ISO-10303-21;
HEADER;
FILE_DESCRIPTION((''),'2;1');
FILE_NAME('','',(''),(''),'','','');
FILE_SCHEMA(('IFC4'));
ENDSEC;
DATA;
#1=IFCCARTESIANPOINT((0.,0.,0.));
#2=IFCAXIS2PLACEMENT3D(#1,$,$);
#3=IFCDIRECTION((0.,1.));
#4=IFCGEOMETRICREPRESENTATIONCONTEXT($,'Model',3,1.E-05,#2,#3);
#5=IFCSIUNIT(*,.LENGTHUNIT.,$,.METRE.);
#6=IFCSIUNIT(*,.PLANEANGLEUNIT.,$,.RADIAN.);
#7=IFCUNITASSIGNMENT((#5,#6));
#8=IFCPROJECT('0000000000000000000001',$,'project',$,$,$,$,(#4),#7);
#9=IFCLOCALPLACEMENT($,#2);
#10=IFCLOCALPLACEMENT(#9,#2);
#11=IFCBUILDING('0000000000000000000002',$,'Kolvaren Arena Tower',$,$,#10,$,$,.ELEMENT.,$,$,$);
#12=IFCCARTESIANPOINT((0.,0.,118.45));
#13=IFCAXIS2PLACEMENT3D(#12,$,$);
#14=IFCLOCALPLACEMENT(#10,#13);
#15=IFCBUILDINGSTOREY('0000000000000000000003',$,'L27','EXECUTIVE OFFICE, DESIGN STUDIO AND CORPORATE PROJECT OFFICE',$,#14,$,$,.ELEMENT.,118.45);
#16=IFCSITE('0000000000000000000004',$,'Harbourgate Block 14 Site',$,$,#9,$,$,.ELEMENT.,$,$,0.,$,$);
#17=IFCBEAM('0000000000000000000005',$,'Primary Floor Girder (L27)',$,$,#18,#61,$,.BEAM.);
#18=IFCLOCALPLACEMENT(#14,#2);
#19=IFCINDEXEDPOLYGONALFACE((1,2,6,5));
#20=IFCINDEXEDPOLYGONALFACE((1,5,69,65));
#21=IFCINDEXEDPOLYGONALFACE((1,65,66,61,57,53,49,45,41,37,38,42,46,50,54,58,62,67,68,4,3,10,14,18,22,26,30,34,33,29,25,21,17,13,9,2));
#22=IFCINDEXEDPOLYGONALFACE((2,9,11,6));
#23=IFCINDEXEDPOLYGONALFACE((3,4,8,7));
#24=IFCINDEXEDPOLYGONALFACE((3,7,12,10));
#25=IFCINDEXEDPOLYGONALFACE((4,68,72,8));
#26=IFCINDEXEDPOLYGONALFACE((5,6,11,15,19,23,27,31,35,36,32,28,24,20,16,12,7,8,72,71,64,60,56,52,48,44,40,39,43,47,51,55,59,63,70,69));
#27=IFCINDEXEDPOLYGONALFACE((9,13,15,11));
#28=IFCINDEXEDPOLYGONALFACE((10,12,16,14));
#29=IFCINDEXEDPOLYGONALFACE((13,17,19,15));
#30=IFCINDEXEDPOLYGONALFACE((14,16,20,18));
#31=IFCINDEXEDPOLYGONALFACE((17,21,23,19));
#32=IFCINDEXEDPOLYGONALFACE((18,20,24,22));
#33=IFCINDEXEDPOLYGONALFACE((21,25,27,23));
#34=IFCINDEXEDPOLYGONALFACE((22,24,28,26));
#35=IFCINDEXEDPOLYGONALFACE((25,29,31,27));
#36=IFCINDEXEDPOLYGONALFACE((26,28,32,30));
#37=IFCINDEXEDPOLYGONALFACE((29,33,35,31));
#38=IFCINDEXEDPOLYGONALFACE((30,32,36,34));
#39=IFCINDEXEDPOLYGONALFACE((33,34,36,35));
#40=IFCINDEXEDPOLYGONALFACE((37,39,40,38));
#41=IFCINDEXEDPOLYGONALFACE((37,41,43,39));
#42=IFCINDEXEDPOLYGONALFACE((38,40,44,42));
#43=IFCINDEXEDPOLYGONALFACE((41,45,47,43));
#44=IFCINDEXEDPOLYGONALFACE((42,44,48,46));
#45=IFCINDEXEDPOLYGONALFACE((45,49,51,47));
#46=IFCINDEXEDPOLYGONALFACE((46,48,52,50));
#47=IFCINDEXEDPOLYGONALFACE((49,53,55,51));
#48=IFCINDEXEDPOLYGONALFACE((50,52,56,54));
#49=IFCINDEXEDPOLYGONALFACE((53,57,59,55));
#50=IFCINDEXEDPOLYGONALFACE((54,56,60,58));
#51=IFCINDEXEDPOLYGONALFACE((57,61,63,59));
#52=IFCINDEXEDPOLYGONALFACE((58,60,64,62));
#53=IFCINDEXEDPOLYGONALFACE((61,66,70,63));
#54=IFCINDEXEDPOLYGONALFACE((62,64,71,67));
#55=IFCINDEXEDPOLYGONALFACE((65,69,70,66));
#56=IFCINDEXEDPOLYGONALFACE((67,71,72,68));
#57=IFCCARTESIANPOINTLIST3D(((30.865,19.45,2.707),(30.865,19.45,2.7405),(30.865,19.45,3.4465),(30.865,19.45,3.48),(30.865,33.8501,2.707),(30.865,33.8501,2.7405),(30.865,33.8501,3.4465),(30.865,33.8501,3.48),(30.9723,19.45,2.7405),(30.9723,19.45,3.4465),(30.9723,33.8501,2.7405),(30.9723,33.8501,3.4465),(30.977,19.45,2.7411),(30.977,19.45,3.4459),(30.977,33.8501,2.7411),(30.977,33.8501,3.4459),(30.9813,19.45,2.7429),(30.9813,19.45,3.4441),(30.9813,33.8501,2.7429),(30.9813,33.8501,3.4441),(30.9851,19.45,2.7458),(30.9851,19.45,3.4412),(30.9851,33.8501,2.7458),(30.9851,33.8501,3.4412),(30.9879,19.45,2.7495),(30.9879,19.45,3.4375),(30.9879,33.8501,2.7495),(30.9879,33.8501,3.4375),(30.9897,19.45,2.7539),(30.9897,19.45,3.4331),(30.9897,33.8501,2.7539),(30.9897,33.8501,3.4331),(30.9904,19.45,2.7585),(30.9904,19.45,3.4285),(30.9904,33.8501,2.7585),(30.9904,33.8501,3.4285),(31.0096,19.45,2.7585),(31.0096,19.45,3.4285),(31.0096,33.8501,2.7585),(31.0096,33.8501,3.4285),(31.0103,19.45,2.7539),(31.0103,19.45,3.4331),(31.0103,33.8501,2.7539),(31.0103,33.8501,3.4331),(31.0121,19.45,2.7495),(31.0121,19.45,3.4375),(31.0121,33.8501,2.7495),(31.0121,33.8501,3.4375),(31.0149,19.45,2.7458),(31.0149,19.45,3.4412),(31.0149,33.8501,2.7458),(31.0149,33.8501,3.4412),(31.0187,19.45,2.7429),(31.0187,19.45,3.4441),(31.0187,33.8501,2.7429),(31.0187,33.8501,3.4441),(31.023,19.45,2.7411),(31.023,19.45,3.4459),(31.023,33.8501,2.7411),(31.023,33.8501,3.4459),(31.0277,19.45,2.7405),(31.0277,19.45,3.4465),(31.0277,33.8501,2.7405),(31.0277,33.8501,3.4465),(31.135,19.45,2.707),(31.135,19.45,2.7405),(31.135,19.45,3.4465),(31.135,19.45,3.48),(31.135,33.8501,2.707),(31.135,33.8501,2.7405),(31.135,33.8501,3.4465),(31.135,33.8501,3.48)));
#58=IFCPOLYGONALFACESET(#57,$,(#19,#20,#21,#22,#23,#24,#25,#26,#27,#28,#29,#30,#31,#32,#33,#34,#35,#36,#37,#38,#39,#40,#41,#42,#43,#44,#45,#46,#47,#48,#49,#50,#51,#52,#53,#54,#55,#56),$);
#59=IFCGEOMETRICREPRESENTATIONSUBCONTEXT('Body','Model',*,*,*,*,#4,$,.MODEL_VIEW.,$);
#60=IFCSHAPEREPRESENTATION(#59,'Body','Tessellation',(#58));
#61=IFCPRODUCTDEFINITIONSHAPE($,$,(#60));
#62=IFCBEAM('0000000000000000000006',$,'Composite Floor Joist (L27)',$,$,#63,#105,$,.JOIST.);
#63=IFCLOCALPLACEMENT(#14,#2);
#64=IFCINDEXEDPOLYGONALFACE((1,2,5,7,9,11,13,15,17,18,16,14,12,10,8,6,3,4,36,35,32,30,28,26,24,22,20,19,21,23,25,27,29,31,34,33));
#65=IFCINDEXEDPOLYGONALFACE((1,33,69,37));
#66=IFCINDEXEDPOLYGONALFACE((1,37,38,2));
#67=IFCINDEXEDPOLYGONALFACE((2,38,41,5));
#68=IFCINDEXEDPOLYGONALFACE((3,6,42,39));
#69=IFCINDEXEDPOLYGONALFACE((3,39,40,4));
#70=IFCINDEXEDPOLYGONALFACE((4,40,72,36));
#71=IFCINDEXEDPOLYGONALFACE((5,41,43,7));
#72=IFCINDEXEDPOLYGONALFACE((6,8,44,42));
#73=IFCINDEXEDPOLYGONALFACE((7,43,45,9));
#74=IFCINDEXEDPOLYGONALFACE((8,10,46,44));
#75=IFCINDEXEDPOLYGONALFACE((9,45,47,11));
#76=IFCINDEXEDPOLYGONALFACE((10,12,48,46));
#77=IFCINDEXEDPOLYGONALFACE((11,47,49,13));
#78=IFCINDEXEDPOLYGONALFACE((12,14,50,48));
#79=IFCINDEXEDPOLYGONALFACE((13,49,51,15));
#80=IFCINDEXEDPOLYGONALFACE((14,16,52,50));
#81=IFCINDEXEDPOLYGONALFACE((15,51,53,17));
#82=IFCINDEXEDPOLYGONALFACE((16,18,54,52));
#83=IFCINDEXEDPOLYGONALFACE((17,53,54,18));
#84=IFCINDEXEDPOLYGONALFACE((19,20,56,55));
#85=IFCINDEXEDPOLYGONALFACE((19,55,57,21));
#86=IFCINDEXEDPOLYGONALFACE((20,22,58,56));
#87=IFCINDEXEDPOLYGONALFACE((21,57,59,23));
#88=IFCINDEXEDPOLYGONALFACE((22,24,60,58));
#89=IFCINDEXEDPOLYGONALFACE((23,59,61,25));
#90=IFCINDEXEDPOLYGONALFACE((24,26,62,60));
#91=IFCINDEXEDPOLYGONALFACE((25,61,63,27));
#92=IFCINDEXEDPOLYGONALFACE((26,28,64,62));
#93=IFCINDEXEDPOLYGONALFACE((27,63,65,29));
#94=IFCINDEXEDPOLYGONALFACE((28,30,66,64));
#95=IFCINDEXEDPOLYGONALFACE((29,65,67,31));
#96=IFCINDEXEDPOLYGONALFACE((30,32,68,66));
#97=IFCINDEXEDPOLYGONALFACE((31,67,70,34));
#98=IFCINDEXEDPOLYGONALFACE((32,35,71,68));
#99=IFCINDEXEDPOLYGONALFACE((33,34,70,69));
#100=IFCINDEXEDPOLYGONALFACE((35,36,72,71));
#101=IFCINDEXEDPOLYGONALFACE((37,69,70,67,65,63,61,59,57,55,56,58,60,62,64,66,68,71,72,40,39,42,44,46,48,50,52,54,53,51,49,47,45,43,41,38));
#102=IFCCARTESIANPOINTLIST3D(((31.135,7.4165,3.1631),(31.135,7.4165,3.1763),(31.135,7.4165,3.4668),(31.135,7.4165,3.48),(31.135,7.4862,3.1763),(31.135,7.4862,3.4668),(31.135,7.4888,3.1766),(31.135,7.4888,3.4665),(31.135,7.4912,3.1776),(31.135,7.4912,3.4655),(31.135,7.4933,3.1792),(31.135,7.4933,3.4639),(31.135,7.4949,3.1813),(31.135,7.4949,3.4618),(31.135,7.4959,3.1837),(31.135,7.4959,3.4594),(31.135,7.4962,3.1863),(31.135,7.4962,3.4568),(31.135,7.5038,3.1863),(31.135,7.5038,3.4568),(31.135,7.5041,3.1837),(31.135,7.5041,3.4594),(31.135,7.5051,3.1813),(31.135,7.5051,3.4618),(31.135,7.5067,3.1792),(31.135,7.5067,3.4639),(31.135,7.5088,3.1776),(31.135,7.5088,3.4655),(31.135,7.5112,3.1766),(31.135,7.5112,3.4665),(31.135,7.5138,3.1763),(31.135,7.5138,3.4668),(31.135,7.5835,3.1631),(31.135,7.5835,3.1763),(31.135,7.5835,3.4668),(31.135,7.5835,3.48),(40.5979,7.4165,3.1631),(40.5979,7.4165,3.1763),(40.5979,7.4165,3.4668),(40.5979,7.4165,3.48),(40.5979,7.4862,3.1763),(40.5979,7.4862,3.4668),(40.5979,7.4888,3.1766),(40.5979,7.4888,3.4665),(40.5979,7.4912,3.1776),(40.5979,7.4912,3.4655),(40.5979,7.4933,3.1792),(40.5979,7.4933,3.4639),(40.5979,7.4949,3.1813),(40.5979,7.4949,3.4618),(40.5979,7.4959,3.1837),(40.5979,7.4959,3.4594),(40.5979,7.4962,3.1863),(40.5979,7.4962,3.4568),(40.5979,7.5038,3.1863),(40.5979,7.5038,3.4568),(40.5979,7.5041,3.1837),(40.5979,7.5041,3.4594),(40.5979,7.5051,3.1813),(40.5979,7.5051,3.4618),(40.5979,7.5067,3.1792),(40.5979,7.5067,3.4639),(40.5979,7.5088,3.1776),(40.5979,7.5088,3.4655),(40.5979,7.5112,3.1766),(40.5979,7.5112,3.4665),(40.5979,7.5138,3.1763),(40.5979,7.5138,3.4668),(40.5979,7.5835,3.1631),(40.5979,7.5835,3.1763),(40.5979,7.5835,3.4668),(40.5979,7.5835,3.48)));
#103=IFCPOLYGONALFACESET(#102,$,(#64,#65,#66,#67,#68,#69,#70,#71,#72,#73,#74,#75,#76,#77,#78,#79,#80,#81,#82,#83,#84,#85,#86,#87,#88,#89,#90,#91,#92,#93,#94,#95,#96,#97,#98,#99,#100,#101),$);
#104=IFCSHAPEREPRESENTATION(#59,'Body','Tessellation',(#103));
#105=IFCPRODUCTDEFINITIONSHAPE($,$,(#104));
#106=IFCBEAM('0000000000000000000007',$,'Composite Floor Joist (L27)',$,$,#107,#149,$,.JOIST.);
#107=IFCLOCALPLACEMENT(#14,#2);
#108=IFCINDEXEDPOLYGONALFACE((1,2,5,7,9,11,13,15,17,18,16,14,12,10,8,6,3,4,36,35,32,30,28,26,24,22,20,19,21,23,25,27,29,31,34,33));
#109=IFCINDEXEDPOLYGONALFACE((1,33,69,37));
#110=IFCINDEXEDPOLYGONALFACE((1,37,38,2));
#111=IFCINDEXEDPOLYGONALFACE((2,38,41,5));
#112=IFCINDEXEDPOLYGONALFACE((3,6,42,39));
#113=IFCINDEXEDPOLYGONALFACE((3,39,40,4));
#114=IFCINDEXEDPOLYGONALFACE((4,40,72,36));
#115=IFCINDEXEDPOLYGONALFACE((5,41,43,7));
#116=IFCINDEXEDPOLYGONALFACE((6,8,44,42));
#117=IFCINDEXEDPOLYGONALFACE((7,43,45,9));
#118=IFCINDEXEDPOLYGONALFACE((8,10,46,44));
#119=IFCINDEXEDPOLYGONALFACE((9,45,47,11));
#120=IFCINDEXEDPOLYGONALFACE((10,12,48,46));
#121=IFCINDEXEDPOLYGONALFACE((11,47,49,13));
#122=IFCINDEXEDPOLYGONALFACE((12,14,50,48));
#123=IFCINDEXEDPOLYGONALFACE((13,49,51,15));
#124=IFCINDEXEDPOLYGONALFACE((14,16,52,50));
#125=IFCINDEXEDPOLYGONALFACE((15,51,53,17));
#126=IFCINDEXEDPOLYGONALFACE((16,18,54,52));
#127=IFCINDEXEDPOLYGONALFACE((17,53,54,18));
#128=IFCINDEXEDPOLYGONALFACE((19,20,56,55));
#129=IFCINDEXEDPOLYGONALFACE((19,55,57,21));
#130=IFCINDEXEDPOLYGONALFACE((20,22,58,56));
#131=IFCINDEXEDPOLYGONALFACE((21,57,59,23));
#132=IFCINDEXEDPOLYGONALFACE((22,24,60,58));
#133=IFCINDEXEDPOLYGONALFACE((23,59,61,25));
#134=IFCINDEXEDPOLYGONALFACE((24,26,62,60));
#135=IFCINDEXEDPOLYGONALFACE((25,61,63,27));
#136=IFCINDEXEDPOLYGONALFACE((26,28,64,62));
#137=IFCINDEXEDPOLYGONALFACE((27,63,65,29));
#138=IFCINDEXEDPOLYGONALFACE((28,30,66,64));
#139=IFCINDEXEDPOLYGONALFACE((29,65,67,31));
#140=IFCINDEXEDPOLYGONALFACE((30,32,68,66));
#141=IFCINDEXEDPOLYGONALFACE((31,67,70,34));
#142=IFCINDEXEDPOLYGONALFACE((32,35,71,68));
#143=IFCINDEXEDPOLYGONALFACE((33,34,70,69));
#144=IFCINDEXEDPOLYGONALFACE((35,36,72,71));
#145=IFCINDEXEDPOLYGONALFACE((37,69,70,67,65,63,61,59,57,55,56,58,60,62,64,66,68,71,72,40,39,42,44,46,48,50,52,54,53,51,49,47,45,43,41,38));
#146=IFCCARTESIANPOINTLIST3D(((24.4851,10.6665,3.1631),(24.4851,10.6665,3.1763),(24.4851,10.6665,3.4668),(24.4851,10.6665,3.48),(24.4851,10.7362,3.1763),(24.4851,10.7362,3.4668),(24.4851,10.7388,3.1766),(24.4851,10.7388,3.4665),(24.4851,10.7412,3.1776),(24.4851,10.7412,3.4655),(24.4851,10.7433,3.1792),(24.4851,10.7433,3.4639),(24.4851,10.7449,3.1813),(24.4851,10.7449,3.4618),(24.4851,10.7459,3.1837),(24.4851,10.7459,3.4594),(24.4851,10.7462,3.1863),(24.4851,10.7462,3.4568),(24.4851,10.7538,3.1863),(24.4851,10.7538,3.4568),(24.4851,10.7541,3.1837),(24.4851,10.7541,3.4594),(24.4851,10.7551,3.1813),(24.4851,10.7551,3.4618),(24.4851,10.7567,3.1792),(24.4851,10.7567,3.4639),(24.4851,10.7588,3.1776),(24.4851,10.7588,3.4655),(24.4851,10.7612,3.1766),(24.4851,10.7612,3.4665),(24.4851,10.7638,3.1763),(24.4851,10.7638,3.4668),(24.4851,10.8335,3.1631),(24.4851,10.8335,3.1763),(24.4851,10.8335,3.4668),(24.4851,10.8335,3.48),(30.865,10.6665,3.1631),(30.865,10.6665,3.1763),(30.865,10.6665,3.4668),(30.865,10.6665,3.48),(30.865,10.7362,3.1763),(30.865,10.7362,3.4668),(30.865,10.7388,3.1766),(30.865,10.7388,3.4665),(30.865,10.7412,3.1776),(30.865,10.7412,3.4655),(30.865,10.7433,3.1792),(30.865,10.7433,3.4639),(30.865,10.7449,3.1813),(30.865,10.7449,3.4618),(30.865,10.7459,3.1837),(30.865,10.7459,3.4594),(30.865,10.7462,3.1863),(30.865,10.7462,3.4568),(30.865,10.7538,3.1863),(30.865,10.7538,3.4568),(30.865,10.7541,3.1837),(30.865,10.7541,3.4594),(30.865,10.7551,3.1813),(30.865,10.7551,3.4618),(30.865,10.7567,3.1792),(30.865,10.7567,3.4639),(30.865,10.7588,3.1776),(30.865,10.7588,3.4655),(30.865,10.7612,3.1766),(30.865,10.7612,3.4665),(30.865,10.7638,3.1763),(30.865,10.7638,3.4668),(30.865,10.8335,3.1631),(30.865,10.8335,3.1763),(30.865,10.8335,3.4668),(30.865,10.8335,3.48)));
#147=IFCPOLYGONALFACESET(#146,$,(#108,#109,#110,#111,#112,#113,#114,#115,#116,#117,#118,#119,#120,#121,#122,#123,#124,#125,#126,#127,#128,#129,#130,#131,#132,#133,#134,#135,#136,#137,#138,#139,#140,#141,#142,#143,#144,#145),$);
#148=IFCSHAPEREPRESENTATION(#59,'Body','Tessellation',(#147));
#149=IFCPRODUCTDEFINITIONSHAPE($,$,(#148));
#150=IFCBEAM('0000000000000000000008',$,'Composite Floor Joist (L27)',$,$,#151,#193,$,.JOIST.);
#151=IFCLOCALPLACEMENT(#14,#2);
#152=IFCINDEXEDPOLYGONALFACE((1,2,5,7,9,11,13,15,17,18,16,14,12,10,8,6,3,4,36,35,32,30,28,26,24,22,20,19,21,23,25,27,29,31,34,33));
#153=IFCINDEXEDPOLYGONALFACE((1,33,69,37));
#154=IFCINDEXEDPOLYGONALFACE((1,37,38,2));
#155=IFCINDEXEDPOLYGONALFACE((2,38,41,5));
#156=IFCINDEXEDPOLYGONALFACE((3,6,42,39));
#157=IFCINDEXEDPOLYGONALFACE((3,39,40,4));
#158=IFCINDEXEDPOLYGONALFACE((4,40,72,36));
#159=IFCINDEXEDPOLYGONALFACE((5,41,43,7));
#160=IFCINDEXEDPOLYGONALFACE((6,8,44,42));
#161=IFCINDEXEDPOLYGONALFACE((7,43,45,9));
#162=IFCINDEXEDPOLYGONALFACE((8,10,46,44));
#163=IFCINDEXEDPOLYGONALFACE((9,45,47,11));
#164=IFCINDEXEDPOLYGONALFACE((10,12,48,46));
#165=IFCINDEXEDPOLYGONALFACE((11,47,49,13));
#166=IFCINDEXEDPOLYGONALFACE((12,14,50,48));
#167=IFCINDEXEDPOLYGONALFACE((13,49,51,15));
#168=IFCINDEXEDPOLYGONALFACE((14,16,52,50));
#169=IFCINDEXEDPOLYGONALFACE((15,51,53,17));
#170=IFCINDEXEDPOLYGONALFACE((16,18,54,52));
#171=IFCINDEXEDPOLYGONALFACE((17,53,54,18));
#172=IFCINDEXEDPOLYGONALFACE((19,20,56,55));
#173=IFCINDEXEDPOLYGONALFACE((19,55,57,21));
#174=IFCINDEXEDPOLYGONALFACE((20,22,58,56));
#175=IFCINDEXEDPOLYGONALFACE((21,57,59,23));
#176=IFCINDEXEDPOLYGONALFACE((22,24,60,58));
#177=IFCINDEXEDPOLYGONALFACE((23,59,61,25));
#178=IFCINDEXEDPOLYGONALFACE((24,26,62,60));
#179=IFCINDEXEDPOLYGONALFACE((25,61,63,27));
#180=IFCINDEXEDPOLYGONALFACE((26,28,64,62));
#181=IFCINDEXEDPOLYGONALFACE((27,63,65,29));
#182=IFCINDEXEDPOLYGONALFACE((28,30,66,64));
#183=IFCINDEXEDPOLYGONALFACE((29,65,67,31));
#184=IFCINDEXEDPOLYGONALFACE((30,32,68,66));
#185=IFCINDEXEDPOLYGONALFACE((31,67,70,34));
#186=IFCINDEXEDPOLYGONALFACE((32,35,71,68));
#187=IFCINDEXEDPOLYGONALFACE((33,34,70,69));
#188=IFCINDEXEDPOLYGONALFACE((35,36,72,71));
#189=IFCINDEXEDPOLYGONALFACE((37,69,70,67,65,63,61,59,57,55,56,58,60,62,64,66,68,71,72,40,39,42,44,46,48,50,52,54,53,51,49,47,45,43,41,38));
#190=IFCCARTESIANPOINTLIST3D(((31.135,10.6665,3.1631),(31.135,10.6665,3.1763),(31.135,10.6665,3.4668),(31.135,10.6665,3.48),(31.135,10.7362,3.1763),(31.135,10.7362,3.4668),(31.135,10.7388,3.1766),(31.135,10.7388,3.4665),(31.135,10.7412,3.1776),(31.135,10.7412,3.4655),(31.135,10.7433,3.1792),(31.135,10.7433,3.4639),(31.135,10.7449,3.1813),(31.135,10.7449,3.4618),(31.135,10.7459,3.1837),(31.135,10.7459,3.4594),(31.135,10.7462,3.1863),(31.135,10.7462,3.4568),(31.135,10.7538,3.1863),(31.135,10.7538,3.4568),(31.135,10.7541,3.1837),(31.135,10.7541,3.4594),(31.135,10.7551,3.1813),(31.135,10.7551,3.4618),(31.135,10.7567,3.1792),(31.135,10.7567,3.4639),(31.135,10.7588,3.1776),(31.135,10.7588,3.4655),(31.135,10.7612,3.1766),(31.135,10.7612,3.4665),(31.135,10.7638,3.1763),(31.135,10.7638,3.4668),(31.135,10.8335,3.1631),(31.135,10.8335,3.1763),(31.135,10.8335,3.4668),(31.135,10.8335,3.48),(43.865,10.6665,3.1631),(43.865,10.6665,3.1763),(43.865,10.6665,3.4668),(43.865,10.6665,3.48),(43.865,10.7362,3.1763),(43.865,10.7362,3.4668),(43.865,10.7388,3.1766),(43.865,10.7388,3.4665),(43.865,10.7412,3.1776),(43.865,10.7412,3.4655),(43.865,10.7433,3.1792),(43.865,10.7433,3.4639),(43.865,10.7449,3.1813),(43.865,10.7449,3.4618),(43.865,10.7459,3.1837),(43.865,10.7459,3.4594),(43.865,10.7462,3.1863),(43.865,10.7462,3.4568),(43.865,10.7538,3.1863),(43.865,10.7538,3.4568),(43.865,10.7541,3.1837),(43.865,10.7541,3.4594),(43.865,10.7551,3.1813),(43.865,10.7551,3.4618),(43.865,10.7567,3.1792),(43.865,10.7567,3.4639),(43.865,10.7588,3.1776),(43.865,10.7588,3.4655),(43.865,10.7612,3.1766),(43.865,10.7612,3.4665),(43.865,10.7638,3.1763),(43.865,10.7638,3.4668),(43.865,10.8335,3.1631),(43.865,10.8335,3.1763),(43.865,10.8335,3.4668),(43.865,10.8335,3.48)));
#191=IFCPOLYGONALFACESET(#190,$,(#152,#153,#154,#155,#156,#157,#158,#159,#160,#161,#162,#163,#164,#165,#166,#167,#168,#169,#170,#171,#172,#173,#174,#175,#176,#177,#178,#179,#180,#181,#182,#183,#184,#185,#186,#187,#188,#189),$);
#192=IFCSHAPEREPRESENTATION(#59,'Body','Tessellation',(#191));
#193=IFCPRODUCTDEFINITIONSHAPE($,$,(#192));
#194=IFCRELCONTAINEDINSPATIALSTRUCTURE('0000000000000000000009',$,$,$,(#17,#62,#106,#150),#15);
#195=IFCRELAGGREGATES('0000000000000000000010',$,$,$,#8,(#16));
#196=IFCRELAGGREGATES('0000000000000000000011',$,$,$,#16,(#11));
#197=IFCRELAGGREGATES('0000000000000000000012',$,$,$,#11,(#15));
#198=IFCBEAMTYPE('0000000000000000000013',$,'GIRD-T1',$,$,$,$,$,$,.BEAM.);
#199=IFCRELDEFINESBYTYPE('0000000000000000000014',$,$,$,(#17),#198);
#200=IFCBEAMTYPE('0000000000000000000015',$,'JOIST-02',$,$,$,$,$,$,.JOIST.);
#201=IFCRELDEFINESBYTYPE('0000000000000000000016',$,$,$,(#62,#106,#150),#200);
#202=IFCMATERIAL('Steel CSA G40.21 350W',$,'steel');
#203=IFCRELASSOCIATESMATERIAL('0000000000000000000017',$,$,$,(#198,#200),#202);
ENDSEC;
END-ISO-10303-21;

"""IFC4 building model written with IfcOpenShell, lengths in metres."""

from ifc_helpers import new_model, si_unit, direction, frame, origin, origin_2d, place, context, subcontext, project, spatial, i_section, extrude, material, material_profile, profile_set, type_object, element, save


model = new_model("IFC4")

# Units and contexts
model_context = context("Model", 3, precision=1e-05, world=origin(), true_north=direction((0.0, 1.0)))
body_context = subcontext(model_context, "Body", "Model", "MODEL_VIEW")
ifc_project = project(units=[si_unit("LENGTHUNIT", "METRE"), si_unit("PLANEANGLEUNIT", "RADIAN")], contexts=[model_context])

# Site, building, storey
site_placement = place(None, origin())
site = spatial("IfcSite", under=ifc_project, at=site_placement, Name="Harbourgate Block 14 Site", CompositionType="ELEMENT", RefElevation=0.0)
building_placement = place(site_placement, origin())
building = spatial("IfcBuilding", under=site, at=building_placement, Name="Kolvaren Arena Tower", CompositionType="ELEMENT")
storey_placement = place(building_placement, frame((0.0, 0.0, 118.45)))
storey = spatial("IfcBuildingStorey", under=building, at=storey_placement, Name="L27", Description="EXECUTIVE OFFICE, DESIGN STUDIO AND CORPORATE PROJECT OFFICE", CompositionType="ELEMENT", Elevation=118.45)

# Beams
ifc_material_1 = material(Name="Steel CSA G40.21 350W", Category="steel")
ifc_material_profile_1 = material_profile(ifc_material_1, i_section(OverallWidth=0.27, OverallDepth=0.7729, WebThickness=0.0193, FlangeThickness=0.0334, FilletRadius=0.0181, at=origin_2d()), Name="W760x257")
ifc_profile_set_1 = profile_set([ifc_material_profile_1], Name="Steel CSA G40.21 350W")
beam_type_1 = type_object("IfcBeamType", Name="GIRD-T1", PredefinedType="BEAM", material=ifc_profile_set_1)
beam_1_placement = place(storey_placement, frame((31.0, 19.45, 3.0935), z_axis=(0.0, 1.0, 0.0), x_axis=(-1.0, 0.0, 0.0)))
element("IfcBeam", 1, at=beam_1_placement, inside=storey, type_object=beam_type_1, Name="Primary Floor Girder (L27)", PredefinedType="BEAM", context=body_context, shape_type="SweptSolid", body=[
    extrude(i_section(OverallWidth=0.27, OverallDepth=0.7729, WebThickness=0.0193, FlangeThickness=0.0334, FilletRadius=0.0181, at=origin_2d()), origin(), (0.0, 0.0, 1.0), 14.4001),
])
ifc_material_profile_2 = material_profile(ifc_material_1, i_section(OverallWidth=0.167, OverallDepth=0.3169, WebThickness=0.0076, FlangeThickness=0.0132, FilletRadius=0.01, at=origin_2d()), Name="W310x52")
ifc_profile_set_2 = profile_set([ifc_material_profile_2], Name="Steel CSA G40.21 350W")
beam_type_2 = type_object("IfcBeamType", Name="JOIST-02", PredefinedType="JOIST", material=ifc_profile_set_2)
beam_2_placement = place(storey_placement, frame((31.135, 7.5, 3.3215), z_axis=(1.0, 0.0, 0.0), x_axis=(0.0, 1.0, 0.0)))
element("IfcBeam", 2, at=beam_2_placement, inside=storey, type_object=beam_type_2, Name="Composite Floor Joist (L27)", PredefinedType="JOIST", context=body_context, shape_type="SweptSolid", body=[
    extrude(i_section(OverallWidth=0.167, OverallDepth=0.3169, WebThickness=0.0076, FlangeThickness=0.0132, FilletRadius=0.01, at=origin_2d()), origin(), (0.0, 0.0, 1.0), 9.4629),
])
beam_3_placement = place(storey_placement, frame((24.4851, 10.75, 3.3215), z_axis=(1.0, 0.0, 0.0), x_axis=(0.0, 1.0, 0.0)))
element("IfcBeam", 3, at=beam_3_placement, inside=storey, type_object=beam_type_2, Name="Composite Floor Joist (L27)", PredefinedType="JOIST", context=body_context, shape_type="SweptSolid", body=[
    extrude(i_section(OverallWidth=0.167, OverallDepth=0.3169, WebThickness=0.0076, FlangeThickness=0.0132, FilletRadius=0.01, at=origin_2d()), origin(), (0.0, 0.0, 1.0), 6.3799),
])
beam_4_placement = place(storey_placement, frame((31.135, 10.75, 3.3215), z_axis=(1.0, 0.0, 0.0), x_axis=(0.0, 1.0, 0.0)))
element("IfcBeam", 4, at=beam_4_placement, inside=storey, type_object=beam_type_2, Name="Composite Floor Joist (L27)", PredefinedType="JOIST", context=body_context, shape_type="SweptSolid", body=[
    extrude(i_section(OverallWidth=0.167, OverallDepth=0.3169, WebThickness=0.0076, FlangeThickness=0.0132, FilletRadius=0.01, at=origin_2d()), origin(), (0.0, 0.0, 1.0), 12.73),
])

save(model, "model.ifc")
